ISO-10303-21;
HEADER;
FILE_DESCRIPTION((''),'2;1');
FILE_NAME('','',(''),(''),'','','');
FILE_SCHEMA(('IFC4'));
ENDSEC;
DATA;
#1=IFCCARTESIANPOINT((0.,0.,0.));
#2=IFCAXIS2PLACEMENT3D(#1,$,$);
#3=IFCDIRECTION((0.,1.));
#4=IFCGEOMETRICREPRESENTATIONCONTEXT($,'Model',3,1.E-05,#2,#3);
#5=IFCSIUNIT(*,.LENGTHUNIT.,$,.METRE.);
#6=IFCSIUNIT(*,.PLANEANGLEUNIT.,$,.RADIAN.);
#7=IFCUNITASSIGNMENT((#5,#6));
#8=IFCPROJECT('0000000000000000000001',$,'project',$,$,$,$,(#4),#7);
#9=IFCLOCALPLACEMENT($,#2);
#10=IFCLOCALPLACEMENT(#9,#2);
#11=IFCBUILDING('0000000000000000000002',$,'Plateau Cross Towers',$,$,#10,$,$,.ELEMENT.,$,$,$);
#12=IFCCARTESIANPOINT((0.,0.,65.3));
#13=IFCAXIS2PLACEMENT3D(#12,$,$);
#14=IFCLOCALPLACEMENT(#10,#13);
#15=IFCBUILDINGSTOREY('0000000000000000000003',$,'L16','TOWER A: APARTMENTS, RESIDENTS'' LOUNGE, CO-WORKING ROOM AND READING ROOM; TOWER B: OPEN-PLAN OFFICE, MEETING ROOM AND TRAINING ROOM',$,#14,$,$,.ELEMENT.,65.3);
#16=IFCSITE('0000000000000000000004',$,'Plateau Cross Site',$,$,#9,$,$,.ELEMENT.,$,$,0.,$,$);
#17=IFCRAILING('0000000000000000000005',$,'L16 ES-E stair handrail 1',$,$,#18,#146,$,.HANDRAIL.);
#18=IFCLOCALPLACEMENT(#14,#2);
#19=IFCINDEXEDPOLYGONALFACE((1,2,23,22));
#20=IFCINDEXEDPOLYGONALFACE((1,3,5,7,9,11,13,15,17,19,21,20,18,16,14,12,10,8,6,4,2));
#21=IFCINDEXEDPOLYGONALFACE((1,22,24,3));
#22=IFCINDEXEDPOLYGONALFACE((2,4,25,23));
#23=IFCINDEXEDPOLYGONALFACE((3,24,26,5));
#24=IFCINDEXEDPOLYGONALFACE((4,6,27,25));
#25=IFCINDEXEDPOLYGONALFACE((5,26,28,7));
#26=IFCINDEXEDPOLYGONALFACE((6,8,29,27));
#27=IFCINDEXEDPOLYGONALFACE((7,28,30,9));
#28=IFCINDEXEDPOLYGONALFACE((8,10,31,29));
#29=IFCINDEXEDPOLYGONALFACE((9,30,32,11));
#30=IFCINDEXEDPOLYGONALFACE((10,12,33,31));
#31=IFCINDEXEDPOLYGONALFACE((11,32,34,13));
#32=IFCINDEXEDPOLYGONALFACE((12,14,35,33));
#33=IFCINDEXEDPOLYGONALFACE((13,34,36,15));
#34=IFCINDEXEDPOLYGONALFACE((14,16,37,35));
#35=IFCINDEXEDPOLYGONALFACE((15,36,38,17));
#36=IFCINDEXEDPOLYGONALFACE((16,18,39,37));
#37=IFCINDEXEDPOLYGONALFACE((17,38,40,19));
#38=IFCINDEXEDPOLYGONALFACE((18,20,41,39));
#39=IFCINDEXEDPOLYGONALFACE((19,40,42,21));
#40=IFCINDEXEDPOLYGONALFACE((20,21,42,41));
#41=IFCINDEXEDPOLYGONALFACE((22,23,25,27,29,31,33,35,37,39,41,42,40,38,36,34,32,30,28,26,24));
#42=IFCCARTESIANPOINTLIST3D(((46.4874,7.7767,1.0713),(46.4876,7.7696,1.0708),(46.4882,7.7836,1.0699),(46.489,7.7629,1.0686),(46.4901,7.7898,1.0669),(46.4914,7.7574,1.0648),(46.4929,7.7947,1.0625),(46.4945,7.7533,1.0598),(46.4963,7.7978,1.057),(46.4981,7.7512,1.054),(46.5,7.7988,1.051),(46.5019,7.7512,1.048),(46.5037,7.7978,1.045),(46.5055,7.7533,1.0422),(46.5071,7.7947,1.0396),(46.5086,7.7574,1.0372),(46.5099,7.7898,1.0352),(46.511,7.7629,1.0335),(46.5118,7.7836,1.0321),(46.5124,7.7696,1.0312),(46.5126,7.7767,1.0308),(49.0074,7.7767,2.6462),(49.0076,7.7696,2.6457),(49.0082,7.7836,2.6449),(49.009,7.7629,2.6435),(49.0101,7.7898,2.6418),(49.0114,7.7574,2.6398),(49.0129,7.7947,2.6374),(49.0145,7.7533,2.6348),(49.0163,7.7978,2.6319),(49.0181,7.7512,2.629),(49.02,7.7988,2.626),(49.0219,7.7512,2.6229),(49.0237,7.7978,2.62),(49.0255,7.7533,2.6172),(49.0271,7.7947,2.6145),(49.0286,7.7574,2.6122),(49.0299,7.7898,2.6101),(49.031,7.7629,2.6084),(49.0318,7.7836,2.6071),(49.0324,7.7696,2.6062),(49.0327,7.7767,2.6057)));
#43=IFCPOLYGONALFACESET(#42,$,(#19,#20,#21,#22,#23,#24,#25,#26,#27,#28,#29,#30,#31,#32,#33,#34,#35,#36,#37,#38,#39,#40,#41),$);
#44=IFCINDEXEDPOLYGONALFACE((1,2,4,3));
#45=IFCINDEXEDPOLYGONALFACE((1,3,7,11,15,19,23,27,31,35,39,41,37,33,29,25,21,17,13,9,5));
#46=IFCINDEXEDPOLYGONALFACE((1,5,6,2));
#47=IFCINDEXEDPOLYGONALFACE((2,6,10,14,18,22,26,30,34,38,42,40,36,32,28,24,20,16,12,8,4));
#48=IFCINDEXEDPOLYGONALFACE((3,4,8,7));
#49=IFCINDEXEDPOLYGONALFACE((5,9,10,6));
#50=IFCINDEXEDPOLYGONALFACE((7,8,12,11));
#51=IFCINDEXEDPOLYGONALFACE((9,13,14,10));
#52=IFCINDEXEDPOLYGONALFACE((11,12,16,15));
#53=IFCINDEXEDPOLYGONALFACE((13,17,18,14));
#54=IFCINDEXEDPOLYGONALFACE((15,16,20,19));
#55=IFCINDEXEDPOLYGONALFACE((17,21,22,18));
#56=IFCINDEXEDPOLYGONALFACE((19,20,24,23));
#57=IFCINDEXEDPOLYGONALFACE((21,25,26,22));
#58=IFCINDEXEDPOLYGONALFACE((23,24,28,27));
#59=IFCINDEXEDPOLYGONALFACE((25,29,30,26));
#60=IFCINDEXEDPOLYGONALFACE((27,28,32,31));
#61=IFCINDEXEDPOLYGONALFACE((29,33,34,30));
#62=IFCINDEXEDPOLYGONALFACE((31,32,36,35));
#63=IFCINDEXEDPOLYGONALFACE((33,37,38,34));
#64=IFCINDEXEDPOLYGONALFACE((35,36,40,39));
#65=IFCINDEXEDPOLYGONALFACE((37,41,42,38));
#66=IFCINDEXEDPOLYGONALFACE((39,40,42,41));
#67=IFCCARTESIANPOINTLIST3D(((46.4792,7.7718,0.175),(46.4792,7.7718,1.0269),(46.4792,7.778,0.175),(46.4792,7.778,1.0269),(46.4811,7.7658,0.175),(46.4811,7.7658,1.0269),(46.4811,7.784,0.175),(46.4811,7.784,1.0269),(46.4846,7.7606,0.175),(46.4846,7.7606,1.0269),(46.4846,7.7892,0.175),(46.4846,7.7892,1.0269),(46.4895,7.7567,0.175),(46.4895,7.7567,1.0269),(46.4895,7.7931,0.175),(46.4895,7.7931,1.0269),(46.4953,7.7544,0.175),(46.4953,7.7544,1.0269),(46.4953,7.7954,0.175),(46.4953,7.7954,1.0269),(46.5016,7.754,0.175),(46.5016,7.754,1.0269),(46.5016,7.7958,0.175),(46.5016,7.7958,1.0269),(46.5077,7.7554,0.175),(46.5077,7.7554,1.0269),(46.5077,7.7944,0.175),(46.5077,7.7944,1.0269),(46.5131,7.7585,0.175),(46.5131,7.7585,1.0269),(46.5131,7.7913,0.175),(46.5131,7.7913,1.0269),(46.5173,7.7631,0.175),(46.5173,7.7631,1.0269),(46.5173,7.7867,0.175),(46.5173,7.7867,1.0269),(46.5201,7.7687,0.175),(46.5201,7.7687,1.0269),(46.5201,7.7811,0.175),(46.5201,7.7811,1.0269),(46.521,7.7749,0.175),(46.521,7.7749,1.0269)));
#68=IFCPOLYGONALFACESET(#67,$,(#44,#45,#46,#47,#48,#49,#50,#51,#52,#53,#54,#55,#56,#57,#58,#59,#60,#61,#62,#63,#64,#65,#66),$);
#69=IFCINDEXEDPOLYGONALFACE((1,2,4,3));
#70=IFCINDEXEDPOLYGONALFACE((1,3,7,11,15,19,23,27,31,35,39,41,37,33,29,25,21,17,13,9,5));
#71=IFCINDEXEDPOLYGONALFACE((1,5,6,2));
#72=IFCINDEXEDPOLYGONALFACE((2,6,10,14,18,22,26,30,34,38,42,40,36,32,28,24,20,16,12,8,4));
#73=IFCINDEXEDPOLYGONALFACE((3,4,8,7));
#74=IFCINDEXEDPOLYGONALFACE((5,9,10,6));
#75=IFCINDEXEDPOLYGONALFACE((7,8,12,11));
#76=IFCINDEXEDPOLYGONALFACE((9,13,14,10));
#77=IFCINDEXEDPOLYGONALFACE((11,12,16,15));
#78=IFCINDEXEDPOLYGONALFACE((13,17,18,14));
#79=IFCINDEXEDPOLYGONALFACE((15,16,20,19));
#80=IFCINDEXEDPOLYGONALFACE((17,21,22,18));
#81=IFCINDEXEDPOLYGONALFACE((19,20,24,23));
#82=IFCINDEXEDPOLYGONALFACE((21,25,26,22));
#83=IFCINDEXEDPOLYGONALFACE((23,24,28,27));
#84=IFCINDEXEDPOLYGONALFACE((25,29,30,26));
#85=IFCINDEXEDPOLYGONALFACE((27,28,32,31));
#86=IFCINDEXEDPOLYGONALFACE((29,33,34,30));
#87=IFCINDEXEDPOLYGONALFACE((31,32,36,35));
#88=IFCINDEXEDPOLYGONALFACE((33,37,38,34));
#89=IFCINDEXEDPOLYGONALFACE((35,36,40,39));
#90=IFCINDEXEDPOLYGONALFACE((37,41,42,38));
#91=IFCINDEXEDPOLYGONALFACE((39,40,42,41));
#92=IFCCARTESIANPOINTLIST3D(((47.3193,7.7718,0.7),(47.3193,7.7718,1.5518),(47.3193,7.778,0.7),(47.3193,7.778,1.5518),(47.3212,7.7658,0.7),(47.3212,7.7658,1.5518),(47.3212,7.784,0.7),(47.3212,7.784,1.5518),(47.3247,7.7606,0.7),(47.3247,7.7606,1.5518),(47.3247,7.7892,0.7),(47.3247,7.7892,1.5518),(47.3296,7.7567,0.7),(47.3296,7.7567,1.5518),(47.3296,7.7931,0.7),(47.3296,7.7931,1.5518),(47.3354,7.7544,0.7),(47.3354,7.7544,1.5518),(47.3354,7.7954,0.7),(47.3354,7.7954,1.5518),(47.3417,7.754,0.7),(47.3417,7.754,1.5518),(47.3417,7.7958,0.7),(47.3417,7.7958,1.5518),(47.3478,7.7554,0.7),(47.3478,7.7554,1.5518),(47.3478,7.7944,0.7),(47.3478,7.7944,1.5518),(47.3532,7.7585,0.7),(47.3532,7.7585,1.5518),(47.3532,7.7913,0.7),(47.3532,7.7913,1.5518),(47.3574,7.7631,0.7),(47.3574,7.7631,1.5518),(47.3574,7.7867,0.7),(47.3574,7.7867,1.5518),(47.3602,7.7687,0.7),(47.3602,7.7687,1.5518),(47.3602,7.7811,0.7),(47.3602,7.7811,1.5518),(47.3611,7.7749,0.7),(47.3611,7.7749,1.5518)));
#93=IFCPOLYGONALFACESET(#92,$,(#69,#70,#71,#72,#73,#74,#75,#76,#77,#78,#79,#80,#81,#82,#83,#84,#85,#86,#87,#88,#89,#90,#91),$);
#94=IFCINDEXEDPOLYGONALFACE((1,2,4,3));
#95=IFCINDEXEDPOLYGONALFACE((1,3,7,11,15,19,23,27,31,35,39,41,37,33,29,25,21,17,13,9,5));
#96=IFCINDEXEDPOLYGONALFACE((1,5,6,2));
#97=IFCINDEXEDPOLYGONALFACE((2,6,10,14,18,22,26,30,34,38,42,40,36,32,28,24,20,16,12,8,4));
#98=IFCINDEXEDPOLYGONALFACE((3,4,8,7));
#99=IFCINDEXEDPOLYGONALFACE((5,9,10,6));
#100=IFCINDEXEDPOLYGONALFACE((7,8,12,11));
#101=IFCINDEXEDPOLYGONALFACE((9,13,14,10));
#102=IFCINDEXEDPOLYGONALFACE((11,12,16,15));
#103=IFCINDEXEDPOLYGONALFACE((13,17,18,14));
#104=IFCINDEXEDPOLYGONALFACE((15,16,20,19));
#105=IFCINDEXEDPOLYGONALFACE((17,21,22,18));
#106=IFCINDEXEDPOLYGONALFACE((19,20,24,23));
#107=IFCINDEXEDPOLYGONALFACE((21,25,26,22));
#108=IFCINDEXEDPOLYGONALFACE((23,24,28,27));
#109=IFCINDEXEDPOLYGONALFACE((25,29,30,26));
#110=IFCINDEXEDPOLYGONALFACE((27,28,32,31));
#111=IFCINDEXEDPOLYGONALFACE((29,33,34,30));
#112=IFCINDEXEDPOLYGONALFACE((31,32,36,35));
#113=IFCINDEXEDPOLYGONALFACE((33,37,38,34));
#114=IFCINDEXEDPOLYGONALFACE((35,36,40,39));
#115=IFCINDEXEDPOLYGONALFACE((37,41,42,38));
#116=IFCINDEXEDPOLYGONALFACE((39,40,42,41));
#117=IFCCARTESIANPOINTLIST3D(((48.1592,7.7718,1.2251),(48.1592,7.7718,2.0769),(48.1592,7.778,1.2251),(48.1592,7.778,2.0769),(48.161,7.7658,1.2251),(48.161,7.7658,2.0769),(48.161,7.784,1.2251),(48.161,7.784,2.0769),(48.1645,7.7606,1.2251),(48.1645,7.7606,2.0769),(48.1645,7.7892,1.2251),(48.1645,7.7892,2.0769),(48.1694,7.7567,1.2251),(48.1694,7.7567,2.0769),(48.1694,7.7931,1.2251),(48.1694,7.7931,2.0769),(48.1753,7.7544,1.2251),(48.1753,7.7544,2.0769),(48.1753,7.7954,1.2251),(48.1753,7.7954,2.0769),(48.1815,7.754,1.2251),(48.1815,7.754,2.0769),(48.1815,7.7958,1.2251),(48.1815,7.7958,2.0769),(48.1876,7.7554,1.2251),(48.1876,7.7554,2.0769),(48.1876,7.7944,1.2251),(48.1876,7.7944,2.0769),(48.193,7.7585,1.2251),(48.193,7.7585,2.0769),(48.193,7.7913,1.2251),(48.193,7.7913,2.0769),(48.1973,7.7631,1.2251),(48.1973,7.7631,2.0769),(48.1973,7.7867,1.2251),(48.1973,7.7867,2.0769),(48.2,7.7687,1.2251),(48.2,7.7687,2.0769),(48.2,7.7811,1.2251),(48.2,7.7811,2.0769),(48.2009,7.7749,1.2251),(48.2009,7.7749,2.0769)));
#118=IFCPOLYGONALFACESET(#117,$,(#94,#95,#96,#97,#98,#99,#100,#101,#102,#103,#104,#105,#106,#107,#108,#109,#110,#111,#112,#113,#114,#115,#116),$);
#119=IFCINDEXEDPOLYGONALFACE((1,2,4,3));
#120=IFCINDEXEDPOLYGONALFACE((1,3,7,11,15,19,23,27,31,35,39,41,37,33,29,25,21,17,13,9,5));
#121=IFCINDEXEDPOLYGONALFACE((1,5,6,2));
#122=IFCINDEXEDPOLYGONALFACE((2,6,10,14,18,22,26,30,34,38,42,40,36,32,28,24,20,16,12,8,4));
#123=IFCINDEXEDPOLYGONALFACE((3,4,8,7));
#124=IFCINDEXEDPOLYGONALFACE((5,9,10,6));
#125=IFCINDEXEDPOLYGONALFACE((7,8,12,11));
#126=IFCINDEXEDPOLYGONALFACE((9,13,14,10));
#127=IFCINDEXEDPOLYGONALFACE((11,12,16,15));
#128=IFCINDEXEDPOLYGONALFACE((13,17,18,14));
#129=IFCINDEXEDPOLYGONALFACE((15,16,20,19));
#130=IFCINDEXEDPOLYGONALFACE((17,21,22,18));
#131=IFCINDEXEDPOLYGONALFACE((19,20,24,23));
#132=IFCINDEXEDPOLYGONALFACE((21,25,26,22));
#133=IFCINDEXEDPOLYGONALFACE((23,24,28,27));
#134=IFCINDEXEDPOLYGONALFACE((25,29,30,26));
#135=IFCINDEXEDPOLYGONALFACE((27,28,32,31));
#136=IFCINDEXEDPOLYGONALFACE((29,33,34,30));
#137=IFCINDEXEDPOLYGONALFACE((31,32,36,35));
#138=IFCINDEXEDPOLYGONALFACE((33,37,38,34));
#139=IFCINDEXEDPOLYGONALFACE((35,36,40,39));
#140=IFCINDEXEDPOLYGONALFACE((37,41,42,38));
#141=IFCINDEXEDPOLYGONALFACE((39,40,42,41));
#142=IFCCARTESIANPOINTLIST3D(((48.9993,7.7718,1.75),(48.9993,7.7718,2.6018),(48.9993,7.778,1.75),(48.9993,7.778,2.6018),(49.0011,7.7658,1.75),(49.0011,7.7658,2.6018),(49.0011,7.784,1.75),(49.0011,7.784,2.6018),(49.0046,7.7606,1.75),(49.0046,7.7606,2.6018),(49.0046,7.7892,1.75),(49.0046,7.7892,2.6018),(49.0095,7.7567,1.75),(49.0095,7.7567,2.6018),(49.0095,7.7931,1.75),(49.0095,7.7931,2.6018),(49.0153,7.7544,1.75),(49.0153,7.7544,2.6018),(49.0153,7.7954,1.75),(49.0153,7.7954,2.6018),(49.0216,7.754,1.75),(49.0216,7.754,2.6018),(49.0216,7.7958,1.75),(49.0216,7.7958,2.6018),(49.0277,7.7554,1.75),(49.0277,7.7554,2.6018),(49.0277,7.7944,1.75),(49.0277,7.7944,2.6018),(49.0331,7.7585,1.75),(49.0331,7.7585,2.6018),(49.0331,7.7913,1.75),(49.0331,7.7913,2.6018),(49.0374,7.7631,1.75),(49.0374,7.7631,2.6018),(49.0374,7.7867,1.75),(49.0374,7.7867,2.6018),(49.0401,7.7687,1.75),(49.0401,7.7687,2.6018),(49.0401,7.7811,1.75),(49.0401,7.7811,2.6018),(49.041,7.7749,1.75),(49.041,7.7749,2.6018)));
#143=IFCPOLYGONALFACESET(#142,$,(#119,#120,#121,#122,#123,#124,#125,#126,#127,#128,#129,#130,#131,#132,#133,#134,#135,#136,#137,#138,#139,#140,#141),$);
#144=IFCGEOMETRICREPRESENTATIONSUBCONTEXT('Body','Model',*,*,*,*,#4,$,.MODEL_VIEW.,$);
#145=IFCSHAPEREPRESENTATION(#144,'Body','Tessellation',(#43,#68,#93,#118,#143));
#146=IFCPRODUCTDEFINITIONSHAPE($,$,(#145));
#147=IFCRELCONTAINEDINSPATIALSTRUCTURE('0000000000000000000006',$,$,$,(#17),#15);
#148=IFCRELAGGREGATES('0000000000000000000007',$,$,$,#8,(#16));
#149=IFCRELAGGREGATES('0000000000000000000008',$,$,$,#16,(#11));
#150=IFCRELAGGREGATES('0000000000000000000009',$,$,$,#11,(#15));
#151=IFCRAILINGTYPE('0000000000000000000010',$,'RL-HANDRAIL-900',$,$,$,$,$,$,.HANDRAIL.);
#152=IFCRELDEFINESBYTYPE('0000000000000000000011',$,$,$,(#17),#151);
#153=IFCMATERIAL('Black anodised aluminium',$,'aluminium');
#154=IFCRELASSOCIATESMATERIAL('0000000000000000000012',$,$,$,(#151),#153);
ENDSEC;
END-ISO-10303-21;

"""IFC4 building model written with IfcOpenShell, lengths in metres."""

from ifc_helpers import new_model, si_unit, direction, frame, origin, origin_2d, place, context, subcontext, project, spatial, circle, extrude, material, type_object, element, save


model = new_model("IFC4")

# Units and contexts
model_context = context("Model", 3, precision=1e-05, world=origin(), true_north=direction((0.0, 1.0)))
body_context = subcontext(model_context, "Body", "Model", "MODEL_VIEW")
ifc_project = project(units=[si_unit("LENGTHUNIT", "METRE"), si_unit("PLANEANGLEUNIT", "RADIAN")], contexts=[model_context])

# Site, building, storey
site_placement = place(None, origin())
site = spatial("IfcSite", under=ifc_project, at=site_placement, Name="Plateau Cross Site", CompositionType="ELEMENT", RefElevation=0.0)
building_placement = place(site_placement, origin())
building = spatial("IfcBuilding", under=site, at=building_placement, Name="Plateau Cross Towers", CompositionType="ELEMENT")
storey_placement = place(building_placement, frame((0.0, 0.0, 65.3)))
storey = spatial("IfcBuildingStorey", under=building, at=storey_placement, Name="L16", Description="TOWER A: APARTMENTS, RESIDENTS' LOUNGE, CO-WORKING ROOM AND READING ROOM; TOWER B: OPEN-PLAN OFFICE, MEETING ROOM AND TRAINING ROOM", CompositionType="ELEMENT", Elevation=65.3)

# Shared definitions
ifc_material_1 = material(Name="Black anodised aluminium", Category="aluminium")

# Railing
railing_type_1 = type_object("IfcRailingType", Name="RL-HANDRAIL-900", PredefinedType="HANDRAIL", material=ifc_material_1)
railing_1_placement = place(storey_placement, frame((46.5, 7.7749, 0.175)))
element("IfcRailing", 1, at=railing_1_placement, inside=storey, type_object=railing_type_1, Name="L16 ES-E stair handrail 1", PredefinedType="HANDRAIL", context=body_context, shape_type="SweptSolid", body=[
    extrude(circle(Radius=0.0239, at=origin_2d()), frame((0.0, 0.0, 0.876), z_axis=(0.848008, 0.0, 0.529984), x_axis=(0.0, 1.0, 0.0)), (0.0, 0.0, 1.0), 2.9717),
    extrude(circle(Radius=0.021, at=origin_2d()), origin(), (0.0, 0.0, 1.0), 0.8518),
    extrude(circle(Radius=0.021, at=origin_2d()), frame((0.8401, 0.0, 0.5249)), (0.0, 0.0, 1.0), 0.8518),
    extrude(circle(Radius=0.021, at=origin_2d()), frame((1.6799, 0.0, 1.05)), (0.0, 0.0, 1.0), 0.8518),
    extrude(circle(Radius=0.021, at=origin_2d()), frame((2.52, 0.0, 1.575)), (0.0, 0.0, 1.0), 0.8518),
])

save(model, "model.ifc")
